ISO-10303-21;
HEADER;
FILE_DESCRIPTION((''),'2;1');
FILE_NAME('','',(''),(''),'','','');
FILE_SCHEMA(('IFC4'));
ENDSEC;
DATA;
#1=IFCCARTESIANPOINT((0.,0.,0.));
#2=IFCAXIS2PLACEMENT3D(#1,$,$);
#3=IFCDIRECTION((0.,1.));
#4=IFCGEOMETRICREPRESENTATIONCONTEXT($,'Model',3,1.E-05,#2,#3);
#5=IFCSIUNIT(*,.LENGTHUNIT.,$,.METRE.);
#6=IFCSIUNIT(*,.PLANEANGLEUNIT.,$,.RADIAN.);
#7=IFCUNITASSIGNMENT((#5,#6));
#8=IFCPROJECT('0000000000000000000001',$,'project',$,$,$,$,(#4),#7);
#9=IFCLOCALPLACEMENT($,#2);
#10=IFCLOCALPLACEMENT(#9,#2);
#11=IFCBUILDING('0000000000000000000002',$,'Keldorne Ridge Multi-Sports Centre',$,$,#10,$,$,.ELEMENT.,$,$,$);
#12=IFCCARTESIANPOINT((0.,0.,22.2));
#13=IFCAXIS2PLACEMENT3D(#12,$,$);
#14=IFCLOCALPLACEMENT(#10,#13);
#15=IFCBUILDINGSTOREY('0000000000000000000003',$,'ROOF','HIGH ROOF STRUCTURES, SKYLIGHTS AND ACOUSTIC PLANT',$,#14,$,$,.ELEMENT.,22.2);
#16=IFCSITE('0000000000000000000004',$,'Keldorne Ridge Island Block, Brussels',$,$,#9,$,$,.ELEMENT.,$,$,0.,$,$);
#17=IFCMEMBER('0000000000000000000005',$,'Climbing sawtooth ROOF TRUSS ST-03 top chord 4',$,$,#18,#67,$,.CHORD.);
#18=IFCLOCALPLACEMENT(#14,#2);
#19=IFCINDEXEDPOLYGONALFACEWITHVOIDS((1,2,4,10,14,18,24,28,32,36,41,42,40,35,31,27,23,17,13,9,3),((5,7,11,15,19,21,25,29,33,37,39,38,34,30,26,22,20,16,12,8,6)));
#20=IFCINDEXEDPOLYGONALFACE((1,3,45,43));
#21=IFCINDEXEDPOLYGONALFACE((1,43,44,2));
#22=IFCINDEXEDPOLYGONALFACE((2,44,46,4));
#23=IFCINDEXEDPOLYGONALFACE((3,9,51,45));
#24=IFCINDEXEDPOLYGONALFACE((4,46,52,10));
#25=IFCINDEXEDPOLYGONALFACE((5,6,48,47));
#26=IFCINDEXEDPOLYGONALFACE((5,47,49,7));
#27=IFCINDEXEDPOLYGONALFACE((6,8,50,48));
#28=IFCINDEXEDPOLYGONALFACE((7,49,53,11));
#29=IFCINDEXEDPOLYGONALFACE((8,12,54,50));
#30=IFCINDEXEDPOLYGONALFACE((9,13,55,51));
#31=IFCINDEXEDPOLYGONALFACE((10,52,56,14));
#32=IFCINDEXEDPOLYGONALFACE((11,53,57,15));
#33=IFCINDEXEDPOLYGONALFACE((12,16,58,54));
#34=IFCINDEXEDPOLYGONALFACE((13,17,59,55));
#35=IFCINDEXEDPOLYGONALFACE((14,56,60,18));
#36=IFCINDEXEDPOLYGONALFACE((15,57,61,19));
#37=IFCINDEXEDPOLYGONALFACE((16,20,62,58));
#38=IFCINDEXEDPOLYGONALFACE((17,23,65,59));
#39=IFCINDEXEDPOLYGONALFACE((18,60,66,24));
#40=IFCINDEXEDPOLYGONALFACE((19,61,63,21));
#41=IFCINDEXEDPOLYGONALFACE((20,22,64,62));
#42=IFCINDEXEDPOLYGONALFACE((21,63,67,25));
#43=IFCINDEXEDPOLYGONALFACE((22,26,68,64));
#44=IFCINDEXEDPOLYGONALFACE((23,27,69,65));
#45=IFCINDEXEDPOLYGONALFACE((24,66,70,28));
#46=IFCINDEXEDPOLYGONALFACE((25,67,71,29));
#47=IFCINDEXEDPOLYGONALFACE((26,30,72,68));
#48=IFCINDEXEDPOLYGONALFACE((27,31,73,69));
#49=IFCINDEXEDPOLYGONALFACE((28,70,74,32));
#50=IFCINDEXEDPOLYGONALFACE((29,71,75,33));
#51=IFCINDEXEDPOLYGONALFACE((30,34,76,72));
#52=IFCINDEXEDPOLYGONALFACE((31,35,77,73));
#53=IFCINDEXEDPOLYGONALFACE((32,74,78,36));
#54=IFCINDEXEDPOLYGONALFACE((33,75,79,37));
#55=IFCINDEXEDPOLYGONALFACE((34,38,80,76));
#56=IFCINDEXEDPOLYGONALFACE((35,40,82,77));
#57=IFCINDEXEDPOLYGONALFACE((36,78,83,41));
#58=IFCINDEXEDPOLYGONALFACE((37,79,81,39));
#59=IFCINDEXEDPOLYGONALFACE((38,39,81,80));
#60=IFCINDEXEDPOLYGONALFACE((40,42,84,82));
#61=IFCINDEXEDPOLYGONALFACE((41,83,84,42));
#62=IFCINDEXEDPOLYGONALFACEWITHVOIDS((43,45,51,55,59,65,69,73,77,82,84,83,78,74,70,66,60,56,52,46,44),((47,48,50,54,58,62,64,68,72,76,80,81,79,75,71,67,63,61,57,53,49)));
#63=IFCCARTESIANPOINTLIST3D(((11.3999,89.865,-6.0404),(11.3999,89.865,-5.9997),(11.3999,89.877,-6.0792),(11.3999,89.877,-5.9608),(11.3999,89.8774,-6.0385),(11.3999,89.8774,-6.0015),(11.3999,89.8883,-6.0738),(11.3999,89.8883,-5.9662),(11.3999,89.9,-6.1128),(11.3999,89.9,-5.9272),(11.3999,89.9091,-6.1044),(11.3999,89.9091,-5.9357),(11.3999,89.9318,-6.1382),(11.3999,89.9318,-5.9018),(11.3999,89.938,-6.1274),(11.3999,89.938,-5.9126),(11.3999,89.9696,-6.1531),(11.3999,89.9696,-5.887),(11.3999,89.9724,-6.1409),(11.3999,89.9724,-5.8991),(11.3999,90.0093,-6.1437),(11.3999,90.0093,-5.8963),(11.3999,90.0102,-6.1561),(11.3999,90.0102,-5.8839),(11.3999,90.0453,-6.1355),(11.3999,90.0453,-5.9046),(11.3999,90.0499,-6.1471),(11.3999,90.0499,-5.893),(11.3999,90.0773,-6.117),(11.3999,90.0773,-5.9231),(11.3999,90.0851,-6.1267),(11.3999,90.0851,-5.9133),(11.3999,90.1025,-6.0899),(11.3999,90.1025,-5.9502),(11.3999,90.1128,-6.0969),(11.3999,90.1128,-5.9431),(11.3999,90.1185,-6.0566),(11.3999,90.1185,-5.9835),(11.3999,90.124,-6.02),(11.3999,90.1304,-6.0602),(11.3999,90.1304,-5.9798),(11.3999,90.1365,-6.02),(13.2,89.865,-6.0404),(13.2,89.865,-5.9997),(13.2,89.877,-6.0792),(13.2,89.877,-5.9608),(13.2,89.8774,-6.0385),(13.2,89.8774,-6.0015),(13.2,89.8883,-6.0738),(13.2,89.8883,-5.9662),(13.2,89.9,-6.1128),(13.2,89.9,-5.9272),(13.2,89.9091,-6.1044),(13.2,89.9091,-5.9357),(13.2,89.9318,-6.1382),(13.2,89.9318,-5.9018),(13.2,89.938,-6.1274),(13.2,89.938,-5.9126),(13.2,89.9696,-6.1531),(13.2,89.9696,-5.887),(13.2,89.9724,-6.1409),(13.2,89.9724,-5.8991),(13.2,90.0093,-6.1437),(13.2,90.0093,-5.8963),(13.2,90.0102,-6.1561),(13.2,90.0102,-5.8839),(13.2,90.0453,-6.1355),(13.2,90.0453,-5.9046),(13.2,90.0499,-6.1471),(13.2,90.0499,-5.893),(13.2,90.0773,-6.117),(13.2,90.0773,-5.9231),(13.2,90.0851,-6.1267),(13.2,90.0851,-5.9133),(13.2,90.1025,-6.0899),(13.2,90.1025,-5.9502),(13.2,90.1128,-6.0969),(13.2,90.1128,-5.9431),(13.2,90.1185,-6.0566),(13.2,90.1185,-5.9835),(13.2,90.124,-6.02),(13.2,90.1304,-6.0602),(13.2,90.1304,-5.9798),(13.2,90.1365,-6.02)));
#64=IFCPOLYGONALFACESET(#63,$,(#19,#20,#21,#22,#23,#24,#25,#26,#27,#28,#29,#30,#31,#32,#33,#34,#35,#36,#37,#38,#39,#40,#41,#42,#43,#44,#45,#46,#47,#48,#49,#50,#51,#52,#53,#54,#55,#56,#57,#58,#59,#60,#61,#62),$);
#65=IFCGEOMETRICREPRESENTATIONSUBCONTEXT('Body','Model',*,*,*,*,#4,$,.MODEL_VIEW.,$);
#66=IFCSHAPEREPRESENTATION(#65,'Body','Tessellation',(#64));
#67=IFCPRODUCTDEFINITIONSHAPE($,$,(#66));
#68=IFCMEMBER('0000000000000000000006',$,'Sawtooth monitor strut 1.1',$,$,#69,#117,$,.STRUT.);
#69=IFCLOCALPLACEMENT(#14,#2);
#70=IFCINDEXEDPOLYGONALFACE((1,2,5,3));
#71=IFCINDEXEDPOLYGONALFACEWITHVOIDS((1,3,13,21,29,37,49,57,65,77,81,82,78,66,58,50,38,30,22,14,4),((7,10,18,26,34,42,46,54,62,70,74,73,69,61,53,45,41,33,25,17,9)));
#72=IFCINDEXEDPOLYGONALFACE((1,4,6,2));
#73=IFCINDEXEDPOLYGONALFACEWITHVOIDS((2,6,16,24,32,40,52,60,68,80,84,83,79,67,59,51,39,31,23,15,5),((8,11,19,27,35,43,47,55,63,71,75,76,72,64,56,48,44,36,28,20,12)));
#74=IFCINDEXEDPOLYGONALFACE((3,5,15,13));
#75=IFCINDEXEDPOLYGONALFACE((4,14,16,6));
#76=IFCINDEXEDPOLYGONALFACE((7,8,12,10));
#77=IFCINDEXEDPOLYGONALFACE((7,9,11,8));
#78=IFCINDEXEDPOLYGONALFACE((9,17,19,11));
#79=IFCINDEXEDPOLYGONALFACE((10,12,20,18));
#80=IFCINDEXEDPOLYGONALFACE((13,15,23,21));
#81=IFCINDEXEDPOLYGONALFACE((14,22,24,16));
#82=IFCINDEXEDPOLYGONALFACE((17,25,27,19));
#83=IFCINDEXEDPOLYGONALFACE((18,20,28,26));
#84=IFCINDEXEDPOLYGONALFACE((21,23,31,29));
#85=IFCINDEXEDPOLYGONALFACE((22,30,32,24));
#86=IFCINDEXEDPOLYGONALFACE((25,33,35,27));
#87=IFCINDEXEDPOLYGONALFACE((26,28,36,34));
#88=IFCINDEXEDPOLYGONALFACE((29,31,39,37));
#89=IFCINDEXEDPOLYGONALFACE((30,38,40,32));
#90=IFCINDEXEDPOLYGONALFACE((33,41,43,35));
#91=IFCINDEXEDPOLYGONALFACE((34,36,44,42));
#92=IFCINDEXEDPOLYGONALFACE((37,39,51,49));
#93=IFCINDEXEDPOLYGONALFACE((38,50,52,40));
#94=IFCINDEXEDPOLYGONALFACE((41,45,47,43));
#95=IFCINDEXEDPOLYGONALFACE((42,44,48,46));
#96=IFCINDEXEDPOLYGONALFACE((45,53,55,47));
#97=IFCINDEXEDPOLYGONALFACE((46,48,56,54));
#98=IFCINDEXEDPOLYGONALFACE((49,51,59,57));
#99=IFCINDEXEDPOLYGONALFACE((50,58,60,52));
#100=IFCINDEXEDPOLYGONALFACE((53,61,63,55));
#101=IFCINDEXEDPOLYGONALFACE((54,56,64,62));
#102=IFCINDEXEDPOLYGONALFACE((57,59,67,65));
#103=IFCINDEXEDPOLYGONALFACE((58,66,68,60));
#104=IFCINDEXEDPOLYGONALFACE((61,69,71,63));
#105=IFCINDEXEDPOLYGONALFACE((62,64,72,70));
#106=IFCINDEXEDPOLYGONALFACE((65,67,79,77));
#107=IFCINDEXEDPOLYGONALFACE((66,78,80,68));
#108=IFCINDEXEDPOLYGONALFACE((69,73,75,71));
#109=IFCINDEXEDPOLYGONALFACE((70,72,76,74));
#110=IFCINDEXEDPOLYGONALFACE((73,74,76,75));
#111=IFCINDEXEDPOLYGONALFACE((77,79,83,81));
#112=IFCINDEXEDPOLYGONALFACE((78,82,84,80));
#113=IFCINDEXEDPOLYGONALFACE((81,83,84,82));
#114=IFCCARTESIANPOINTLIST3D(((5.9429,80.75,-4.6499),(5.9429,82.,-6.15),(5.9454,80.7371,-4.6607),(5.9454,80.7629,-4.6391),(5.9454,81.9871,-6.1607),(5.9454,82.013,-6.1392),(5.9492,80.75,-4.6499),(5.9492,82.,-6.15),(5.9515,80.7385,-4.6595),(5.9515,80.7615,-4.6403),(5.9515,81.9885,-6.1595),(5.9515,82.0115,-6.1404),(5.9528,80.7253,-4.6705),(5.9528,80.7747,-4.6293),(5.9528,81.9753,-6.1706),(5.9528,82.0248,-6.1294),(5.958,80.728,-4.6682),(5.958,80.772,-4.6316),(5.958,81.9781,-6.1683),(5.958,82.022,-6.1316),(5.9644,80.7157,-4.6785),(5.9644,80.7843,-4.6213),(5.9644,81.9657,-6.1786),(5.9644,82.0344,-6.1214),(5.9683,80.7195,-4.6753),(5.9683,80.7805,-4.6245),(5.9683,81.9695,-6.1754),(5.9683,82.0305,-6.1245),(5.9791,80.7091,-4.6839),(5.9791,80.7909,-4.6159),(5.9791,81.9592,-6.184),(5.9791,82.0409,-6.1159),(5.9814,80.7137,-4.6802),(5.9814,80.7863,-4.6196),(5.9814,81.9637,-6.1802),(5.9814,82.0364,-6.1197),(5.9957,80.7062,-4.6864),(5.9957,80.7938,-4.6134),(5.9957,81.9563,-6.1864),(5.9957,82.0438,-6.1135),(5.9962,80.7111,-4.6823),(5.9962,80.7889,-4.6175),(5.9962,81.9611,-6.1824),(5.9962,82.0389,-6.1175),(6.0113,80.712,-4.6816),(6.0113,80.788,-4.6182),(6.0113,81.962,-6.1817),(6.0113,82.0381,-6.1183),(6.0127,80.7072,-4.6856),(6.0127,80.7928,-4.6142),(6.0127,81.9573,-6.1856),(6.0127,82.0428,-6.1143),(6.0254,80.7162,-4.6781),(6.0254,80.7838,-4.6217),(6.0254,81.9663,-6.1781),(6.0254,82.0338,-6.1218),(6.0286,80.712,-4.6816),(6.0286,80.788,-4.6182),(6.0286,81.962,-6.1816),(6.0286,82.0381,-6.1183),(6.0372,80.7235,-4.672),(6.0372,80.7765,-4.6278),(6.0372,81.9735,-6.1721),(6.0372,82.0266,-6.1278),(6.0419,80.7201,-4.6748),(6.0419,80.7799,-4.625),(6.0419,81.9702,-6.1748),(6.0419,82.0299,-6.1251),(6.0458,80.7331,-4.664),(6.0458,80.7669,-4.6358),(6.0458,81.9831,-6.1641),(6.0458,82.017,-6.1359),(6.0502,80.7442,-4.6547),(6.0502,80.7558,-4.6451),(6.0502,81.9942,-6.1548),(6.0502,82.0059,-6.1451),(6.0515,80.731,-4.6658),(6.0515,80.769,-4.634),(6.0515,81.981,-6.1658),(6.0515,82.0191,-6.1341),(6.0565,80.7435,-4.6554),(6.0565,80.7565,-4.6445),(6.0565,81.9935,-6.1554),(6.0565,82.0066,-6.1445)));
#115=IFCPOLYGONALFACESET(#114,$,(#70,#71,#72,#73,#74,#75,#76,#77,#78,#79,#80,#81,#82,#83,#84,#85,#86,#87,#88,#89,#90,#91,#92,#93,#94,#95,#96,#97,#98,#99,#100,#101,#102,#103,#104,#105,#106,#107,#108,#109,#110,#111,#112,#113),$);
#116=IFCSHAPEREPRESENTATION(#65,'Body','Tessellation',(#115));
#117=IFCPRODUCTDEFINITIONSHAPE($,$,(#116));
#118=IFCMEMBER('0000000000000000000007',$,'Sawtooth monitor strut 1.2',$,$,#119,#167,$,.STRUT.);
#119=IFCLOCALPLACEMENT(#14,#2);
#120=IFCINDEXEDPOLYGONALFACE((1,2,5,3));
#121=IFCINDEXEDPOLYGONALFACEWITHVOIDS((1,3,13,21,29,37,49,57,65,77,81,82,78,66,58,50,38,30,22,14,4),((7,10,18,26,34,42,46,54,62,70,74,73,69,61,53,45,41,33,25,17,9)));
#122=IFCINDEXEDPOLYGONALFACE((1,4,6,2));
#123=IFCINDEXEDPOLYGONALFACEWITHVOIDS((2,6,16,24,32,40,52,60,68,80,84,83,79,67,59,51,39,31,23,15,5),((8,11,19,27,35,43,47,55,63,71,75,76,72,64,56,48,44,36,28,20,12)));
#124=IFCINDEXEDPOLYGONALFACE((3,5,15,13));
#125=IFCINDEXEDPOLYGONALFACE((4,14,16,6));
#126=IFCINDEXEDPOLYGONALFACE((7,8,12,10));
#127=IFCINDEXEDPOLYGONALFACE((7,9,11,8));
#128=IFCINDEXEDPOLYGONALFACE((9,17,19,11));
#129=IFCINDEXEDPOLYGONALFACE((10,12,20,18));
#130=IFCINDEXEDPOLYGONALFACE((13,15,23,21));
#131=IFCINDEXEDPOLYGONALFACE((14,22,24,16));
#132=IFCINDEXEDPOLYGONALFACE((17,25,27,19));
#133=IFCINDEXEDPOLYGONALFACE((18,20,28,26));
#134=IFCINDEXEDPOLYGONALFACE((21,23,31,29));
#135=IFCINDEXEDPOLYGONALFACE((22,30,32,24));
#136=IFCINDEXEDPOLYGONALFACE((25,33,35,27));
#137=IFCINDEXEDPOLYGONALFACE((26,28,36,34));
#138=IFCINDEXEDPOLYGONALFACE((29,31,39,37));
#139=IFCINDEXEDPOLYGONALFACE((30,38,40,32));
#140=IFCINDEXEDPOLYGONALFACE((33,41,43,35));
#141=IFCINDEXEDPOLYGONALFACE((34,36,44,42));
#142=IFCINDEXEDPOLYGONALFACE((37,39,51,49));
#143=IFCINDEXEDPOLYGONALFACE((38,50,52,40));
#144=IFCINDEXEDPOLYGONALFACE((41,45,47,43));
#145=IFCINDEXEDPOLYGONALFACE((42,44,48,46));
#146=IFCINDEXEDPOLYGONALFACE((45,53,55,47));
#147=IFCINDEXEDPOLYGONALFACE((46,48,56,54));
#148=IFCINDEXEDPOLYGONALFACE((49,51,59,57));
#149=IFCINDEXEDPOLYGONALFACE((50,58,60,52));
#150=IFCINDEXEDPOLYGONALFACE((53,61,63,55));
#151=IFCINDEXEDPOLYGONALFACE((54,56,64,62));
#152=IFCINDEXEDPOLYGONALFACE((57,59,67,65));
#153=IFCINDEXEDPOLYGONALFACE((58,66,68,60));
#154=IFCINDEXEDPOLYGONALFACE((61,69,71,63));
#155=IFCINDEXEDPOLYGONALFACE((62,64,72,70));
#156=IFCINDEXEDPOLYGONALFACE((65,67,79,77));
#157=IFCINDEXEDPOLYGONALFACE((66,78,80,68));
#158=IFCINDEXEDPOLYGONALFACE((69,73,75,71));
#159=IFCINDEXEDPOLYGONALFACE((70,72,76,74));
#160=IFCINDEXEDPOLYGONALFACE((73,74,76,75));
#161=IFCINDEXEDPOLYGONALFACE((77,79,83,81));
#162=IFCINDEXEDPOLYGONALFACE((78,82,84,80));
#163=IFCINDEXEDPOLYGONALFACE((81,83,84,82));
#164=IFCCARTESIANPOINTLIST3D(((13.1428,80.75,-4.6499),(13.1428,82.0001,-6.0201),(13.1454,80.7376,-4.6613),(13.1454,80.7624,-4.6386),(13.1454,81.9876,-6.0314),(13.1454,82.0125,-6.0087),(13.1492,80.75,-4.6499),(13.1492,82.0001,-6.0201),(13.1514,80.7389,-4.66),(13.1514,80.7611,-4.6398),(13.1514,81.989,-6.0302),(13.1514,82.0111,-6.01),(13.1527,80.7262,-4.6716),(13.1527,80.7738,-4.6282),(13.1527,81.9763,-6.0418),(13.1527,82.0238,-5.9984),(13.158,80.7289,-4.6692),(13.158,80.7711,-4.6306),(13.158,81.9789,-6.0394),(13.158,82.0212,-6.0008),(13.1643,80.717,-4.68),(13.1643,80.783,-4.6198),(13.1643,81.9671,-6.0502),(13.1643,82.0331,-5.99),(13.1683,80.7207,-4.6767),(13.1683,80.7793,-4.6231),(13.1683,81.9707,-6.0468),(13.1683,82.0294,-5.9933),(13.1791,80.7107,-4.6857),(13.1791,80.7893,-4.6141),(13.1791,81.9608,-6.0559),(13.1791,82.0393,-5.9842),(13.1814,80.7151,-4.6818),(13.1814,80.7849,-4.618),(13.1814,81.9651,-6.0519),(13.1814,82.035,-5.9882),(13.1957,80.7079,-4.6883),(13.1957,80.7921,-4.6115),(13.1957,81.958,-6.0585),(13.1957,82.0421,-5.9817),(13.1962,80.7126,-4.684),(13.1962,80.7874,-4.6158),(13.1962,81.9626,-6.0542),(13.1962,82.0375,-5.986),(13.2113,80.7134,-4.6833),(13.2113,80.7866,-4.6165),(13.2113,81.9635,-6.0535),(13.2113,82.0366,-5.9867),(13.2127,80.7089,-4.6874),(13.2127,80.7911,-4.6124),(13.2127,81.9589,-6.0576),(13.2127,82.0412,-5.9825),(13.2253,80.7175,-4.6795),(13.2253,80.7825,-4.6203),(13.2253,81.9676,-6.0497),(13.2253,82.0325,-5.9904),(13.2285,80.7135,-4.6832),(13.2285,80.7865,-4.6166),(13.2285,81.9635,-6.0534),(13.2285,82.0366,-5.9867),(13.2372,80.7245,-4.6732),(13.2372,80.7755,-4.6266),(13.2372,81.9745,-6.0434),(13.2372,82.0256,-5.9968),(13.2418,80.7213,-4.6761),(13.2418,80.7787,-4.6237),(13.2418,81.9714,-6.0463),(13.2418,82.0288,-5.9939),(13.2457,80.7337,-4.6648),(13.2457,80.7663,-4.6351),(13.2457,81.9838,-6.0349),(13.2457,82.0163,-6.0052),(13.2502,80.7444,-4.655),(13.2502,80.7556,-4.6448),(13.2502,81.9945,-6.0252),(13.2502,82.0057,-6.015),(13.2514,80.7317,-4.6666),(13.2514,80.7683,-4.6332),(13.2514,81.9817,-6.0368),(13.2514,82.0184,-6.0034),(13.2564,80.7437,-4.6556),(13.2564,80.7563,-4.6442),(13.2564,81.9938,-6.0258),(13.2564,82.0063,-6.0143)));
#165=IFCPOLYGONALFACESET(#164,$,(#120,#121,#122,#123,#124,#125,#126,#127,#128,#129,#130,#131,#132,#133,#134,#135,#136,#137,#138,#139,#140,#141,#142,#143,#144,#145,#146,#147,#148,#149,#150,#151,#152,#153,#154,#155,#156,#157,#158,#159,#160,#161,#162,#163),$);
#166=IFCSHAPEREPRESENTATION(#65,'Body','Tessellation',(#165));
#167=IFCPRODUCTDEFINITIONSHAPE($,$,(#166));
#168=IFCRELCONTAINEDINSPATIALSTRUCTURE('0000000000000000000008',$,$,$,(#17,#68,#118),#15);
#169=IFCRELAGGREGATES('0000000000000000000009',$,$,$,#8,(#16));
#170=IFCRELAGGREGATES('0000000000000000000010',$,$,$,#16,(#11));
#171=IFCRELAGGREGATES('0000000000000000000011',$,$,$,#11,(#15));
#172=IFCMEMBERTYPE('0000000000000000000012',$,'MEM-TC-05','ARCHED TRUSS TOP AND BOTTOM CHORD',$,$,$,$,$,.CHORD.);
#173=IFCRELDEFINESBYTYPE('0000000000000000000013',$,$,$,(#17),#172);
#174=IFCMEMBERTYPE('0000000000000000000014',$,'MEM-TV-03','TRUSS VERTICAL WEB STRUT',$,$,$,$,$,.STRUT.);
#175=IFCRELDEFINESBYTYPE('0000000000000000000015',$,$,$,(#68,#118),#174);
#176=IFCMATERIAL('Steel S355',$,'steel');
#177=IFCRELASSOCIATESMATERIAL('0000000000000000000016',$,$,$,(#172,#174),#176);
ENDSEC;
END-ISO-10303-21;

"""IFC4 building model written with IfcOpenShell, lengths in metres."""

from ifc_helpers import new_model, si_unit, direction, frame, origin, origin_2d, place, context, subcontext, project, spatial, hollow_circle, extrude, material, material_profile, profile_set, type_object, element, save


model = new_model("IFC4")

# Units and contexts
model_context = context("Model", 3, precision=1e-05, world=origin(), true_north=direction((0.0, 1.0)))
body_context = subcontext(model_context, "Body", "Model", "MODEL_VIEW")
ifc_project = project(units=[si_unit("LENGTHUNIT", "METRE"), si_unit("PLANEANGLEUNIT", "RADIAN")], contexts=[model_context])

# Site, building, storey
site_placement = place(None, origin())
site = spatial("IfcSite", under=ifc_project, at=site_placement, Name="Keldorne Ridge Island Block, Brussels", CompositionType="ELEMENT", RefElevation=0.0)
building_placement = place(site_placement, origin())
building = spatial("IfcBuilding", under=site, at=building_placement, Name="Keldorne Ridge Multi-Sports Centre", CompositionType="ELEMENT")
storey_placement = place(building_placement, frame((0.0, 0.0, 22.2)))
storey = spatial("IfcBuildingStorey", under=building, at=storey_placement, Name="ROOF", Description="HIGH ROOF STRUCTURES, SKYLIGHTS AND ACOUSTIC PLANT", CompositionType="ELEMENT", Elevation=22.2)

# Shared definitions
ifc_material_1 = material(Name="Steel S355", Category="steel")

# Members
ifc_material_profile_1 = material_profile(ifc_material_1, hollow_circle(Radius=0.1365, WallThickness=0.0125, at=origin_2d()), Name="CHS 273x12.5")
ifc_profile_set_1 = profile_set([ifc_material_profile_1], Name="Steel S355")
member_type_1 = type_object("IfcMemberType", Name="MEM-TC-05", Description="ARCHED TRUSS TOP AND BOTTOM CHORD", PredefinedType="CHORD", material=ifc_profile_set_1)
member_1_placement = place(storey_placement, frame((11.3999, 90.0, -6.02), z_axis=(1.0, 0.0, 0.0), x_axis=(0.0, 1.0, 0.0)))
element("IfcMember", 1, at=member_1_placement, inside=storey, type_object=member_type_1, Name="Climbing sawtooth ROOF TRUSS ST-03 top chord 4", PredefinedType="CHORD", context=body_context, shape_type="SweptSolid", body=[
    extrude(hollow_circle(Radius=0.1365, WallThickness=0.0125, at=origin_2d()), origin(), (0.0, 0.0, 1.0), 1.8),
])
ifc_material_profile_2 = material_profile(ifc_material_1, hollow_circle(Radius=0.0571, WallThickness=0.0063, at=origin_2d()), Name="CHS 114.3x6.3")
ifc_profile_set_2 = profile_set([ifc_material_profile_2], Name="Steel S355")
member_type_2 = type_object("IfcMemberType", Name="MEM-TV-03", Description="TRUSS VERTICAL WEB STRUT", PredefinedType="STRUT", material=ifc_profile_set_2)
member_2_placement = place(storey_placement, frame((6.0, 80.75, -4.6499), z_axis=(0.0, 0.640184, -0.768221), x_axis=(-1.0, 0.0, 0.0)))
element("IfcMember", 2, at=member_2_placement, inside=storey, type_object=member_type_2, Name="Sawtooth monitor strut 1.1", PredefinedType="STRUT", context=body_context, shape_type="SweptSolid", body=[
    extrude(hollow_circle(Radius=0.0571, WallThickness=0.0063, at=origin_2d()), origin(), (0.0, 0.0, 1.0), 1.9526),
])
member_3_placement = place(storey_placement, frame((13.2, 80.75, -4.6499), z_axis=(0.0, 0.673982, -0.738748), x_axis=(-1.0, 0.0, 0.0)))
element("IfcMember", 3, at=member_3_placement, inside=storey, type_object=member_type_2, Name="Sawtooth monitor strut 1.2", PredefinedType="STRUT", context=body_context, shape_type="SweptSolid", body=[
    extrude(hollow_circle(Radius=0.0571, WallThickness=0.0063, at=origin_2d()), origin(), (0.0, 0.0, 1.0), 1.8547),
])

save(model, "model.ifc")
